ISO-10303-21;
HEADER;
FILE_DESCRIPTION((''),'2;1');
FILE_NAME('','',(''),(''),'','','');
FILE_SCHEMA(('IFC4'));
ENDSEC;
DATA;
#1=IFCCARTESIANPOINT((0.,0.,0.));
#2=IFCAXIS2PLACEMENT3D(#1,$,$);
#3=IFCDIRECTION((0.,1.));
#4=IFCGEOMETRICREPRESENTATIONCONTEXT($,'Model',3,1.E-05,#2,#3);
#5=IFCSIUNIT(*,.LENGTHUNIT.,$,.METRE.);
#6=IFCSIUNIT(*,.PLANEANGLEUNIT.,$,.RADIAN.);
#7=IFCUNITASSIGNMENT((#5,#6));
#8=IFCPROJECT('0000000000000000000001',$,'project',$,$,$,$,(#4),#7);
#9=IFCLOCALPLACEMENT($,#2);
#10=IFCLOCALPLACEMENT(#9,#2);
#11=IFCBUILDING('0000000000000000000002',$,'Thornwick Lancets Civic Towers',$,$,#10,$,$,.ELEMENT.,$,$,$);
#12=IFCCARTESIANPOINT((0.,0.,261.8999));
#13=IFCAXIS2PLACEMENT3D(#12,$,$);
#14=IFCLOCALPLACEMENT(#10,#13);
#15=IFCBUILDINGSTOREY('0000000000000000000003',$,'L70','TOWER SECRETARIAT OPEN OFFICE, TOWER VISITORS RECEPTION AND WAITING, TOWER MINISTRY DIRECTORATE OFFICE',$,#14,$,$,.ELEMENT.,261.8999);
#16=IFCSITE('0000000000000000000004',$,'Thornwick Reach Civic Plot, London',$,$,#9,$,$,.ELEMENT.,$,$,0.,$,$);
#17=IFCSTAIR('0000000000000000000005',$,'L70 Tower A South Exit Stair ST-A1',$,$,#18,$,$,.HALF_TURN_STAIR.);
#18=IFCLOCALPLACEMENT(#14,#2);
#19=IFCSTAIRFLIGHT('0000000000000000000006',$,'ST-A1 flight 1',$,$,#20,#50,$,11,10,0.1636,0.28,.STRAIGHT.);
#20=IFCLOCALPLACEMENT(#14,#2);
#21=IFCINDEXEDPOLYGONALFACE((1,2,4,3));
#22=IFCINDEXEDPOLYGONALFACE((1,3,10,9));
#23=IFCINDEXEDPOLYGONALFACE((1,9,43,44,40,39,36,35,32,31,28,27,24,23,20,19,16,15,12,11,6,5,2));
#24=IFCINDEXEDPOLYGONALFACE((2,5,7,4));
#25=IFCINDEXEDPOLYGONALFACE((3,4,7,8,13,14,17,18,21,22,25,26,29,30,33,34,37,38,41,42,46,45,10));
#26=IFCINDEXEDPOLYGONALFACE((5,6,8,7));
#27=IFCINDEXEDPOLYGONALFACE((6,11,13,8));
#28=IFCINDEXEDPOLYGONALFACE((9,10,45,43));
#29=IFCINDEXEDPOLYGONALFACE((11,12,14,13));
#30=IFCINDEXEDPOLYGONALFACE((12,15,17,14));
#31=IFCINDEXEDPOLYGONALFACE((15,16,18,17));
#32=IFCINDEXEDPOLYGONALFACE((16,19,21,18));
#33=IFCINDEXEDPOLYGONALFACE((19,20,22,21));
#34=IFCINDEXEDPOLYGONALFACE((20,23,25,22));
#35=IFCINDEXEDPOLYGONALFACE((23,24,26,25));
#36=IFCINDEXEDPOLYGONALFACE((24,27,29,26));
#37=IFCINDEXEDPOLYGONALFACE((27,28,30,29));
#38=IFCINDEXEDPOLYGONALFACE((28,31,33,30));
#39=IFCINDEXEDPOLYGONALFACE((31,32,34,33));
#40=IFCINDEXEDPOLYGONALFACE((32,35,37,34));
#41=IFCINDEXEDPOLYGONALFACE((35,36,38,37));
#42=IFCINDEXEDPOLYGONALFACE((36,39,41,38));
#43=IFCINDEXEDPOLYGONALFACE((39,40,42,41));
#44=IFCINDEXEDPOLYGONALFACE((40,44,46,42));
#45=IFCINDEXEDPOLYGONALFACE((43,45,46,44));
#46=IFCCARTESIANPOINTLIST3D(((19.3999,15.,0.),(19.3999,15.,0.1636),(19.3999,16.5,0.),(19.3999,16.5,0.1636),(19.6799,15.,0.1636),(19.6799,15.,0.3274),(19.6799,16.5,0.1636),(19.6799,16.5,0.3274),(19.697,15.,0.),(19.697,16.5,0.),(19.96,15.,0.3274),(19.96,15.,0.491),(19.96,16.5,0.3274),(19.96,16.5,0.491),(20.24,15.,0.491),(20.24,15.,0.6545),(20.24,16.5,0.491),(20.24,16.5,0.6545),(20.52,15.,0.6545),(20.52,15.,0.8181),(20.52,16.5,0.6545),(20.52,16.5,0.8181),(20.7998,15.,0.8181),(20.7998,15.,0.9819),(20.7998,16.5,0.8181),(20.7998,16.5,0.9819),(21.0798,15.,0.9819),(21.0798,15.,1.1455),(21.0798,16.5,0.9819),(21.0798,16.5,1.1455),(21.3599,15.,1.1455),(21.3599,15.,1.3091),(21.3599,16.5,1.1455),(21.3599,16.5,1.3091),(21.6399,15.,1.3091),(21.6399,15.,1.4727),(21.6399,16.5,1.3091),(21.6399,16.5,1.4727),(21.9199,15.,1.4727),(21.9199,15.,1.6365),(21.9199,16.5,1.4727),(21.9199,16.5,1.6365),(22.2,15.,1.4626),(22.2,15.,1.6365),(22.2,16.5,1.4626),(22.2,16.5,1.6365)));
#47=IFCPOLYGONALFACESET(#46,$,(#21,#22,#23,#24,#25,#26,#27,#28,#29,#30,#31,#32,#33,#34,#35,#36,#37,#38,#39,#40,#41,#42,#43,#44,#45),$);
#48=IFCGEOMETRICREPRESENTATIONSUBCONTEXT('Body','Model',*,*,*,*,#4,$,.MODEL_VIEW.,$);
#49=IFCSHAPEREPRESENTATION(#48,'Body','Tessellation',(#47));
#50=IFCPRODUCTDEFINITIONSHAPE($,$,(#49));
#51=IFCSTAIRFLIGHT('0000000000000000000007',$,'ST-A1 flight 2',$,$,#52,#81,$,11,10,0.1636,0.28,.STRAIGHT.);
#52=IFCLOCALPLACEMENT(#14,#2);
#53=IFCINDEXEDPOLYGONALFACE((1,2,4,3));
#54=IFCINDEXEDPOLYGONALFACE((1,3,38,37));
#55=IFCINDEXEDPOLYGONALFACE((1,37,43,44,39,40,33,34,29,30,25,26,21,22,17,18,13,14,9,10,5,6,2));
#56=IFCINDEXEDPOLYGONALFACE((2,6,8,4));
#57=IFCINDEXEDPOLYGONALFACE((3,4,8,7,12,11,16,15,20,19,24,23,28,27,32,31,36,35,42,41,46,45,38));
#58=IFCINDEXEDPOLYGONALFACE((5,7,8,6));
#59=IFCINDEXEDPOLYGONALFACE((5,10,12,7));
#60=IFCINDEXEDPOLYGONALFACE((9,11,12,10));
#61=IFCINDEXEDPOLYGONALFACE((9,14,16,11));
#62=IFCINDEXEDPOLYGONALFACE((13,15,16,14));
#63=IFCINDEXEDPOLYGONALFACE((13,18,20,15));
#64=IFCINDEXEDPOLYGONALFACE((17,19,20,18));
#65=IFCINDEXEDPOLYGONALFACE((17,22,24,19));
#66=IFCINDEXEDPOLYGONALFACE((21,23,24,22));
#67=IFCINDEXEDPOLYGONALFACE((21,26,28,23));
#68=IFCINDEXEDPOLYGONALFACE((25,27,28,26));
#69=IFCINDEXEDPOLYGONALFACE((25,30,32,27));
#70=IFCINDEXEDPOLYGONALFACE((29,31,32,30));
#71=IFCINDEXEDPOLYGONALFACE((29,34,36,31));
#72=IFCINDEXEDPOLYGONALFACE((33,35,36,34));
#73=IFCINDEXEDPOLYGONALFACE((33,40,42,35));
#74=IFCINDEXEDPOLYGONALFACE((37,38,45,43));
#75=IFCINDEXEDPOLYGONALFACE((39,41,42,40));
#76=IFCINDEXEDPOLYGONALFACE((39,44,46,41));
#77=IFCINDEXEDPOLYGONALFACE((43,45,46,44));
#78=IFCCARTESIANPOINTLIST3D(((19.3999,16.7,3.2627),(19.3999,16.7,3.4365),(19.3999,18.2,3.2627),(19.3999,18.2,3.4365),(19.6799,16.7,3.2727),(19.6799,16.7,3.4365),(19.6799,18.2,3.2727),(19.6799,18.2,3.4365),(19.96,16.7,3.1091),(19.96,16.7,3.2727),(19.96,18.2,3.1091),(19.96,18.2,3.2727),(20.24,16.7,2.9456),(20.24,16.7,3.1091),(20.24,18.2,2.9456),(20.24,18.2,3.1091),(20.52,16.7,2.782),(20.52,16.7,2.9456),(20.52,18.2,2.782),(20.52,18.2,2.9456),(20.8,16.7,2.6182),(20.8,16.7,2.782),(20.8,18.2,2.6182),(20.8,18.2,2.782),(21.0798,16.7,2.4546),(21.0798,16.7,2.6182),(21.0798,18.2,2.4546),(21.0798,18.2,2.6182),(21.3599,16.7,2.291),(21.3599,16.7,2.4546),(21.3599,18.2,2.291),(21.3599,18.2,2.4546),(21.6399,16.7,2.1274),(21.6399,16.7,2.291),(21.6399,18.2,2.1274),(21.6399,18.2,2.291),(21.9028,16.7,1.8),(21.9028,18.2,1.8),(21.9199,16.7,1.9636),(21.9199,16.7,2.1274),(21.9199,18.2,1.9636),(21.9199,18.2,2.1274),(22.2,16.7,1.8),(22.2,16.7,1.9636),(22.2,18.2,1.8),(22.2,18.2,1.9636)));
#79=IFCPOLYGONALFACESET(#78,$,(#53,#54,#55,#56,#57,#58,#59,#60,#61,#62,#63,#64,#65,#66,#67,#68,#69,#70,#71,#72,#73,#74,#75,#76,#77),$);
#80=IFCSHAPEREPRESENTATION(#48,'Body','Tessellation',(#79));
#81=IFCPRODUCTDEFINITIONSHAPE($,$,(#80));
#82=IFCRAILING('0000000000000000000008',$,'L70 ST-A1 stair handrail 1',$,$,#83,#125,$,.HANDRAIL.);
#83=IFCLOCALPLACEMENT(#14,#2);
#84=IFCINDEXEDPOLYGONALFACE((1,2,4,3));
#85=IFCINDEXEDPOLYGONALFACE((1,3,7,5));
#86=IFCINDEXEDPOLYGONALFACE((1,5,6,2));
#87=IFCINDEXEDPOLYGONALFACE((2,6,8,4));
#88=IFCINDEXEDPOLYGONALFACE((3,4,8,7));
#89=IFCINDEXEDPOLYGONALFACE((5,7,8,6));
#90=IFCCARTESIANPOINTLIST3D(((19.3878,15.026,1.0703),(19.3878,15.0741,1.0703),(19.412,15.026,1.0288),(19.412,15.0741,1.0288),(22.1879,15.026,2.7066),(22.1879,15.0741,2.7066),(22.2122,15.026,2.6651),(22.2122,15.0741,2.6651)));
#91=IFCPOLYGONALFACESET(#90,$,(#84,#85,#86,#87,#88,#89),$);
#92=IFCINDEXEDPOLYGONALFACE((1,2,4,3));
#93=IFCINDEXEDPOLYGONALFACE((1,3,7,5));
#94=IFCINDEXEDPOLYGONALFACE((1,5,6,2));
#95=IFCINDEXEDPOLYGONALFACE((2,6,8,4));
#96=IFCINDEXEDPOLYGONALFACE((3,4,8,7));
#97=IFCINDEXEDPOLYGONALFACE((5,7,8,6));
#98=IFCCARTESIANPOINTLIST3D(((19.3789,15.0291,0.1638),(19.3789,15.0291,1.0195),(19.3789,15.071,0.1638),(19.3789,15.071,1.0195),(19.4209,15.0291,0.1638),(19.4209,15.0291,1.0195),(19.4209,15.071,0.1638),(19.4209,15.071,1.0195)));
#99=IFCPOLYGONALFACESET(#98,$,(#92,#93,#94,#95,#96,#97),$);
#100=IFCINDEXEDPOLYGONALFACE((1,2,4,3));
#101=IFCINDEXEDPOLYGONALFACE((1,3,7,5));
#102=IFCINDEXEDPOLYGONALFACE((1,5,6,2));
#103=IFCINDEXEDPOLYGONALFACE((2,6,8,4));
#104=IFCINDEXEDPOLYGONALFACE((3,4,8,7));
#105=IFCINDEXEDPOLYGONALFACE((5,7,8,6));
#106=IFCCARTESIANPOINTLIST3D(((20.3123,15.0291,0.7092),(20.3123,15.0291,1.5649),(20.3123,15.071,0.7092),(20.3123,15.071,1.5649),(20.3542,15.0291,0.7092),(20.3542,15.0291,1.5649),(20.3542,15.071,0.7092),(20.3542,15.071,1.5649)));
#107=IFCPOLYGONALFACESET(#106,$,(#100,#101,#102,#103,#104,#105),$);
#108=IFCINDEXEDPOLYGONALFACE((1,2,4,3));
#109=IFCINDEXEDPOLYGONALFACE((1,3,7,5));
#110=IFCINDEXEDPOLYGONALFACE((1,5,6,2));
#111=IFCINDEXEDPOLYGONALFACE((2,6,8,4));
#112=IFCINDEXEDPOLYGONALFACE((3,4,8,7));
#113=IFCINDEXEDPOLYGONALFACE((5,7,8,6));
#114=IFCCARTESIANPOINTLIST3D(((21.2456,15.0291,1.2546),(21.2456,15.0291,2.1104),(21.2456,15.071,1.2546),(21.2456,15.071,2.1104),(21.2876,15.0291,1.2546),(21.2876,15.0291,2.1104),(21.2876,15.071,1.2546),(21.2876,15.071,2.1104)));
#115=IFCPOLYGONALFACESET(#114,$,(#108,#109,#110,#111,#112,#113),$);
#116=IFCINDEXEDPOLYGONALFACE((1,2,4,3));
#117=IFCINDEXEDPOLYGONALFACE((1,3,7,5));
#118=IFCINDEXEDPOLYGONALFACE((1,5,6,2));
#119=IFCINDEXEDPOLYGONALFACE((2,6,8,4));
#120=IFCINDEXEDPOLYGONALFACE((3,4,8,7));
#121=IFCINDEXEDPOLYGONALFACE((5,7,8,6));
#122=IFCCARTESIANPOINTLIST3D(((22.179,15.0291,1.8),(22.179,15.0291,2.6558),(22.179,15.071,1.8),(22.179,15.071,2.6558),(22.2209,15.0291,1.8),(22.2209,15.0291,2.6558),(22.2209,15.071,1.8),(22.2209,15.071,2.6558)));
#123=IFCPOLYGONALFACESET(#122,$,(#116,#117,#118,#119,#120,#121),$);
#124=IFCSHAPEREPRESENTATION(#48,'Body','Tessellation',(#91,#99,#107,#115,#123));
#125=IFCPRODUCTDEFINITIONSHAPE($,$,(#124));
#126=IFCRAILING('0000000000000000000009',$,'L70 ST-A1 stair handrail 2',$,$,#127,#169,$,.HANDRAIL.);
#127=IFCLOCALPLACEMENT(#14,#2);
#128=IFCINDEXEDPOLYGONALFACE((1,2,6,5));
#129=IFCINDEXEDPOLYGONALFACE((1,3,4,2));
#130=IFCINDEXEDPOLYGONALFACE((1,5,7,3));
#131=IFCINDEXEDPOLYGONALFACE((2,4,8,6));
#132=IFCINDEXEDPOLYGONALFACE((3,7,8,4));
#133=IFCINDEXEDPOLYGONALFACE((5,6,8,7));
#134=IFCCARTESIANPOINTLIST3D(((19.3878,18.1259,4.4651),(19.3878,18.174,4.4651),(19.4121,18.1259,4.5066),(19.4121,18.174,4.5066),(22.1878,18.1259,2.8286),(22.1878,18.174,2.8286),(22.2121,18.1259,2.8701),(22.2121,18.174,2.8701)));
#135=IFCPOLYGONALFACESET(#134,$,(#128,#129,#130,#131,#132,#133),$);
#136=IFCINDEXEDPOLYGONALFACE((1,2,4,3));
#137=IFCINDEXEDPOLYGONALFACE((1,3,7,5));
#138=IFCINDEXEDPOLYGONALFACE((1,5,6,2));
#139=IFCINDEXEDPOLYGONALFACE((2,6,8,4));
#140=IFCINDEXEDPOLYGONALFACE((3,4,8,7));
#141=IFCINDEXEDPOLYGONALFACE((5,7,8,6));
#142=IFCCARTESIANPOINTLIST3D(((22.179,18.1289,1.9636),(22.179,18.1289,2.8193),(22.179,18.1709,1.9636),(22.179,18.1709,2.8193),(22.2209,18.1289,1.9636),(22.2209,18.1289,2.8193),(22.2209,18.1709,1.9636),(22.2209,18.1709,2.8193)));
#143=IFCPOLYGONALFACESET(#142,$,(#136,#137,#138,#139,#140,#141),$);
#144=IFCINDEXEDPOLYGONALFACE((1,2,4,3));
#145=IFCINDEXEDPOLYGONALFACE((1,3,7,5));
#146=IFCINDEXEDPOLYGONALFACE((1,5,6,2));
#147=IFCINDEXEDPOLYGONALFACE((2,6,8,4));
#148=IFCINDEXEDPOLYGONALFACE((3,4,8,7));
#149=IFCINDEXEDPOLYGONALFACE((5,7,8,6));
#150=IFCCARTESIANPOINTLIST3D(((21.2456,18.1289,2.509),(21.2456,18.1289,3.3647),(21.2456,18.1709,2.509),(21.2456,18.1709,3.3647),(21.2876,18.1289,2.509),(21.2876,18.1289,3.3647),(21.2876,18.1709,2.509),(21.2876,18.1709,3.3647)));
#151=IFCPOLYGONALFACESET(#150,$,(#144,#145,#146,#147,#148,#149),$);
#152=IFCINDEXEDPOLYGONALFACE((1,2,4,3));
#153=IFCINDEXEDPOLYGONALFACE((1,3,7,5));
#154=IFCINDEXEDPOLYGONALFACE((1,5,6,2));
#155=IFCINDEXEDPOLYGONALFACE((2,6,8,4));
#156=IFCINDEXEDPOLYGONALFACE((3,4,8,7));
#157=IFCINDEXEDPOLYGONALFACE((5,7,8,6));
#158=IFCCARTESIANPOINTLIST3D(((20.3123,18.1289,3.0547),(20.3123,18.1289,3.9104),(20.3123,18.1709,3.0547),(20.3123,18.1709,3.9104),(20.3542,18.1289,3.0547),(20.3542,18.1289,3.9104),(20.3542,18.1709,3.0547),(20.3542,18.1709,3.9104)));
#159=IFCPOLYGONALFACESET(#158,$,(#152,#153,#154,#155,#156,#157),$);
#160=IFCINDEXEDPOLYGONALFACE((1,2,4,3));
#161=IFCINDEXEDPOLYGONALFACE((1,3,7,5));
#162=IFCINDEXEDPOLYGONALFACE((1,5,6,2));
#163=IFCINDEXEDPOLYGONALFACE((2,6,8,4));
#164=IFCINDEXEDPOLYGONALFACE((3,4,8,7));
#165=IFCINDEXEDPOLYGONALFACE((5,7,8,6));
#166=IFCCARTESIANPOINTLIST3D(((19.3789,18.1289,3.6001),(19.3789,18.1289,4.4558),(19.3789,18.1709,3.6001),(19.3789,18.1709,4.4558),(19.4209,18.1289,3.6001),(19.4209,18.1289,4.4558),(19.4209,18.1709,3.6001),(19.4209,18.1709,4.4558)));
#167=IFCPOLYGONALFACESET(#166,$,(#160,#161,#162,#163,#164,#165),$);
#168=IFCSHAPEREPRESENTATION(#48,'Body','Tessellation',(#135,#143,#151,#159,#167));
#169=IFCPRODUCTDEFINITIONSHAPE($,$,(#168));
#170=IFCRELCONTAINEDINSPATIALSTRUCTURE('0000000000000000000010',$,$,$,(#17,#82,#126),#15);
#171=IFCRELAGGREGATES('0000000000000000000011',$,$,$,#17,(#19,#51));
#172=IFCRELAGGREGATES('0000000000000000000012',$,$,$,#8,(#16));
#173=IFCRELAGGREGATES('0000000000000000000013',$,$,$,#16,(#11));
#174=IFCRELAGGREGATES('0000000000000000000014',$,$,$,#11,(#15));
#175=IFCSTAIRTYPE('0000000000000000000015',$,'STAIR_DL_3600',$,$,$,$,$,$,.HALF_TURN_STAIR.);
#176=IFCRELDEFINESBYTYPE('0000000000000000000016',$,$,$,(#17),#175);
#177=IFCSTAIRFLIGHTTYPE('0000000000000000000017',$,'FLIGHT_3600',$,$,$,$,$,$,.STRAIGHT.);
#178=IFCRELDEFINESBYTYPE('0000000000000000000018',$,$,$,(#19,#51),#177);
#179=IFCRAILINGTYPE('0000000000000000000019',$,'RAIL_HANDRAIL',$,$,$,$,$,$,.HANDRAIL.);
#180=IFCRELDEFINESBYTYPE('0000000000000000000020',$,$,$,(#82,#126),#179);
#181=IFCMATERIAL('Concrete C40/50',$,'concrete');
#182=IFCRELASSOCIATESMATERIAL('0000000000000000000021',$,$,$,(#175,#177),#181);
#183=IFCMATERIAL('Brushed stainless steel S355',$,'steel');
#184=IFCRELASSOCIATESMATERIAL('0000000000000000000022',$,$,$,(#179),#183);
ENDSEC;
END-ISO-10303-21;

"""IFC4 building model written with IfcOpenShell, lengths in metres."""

from ifc_helpers import new_model, si_unit, direction, frame, origin, origin_2d, place, context, subcontext, project, spatial, polyline, rectangle, outline, extrude, material, type_object, element, aggregate, save


model = new_model("IFC4")

# Units and contexts
model_context = context("Model", 3, precision=1e-05, world=origin(), true_north=direction((0.0, 1.0)))
body_context = subcontext(model_context, "Body", "Model", "MODEL_VIEW")
ifc_project = project(units=[si_unit("LENGTHUNIT", "METRE"), si_unit("PLANEANGLEUNIT", "RADIAN")], contexts=[model_context])

# Site, building, storey
site_placement = place(None, origin())
site = spatial("IfcSite", under=ifc_project, at=site_placement, Name="Thornwick Reach Civic Plot, London", CompositionType="ELEMENT", RefElevation=0.0)
building_placement = place(site_placement, origin())
building = spatial("IfcBuilding", under=site, at=building_placement, Name="Thornwick Lancets Civic Towers", CompositionType="ELEMENT")
storey_placement = place(building_placement, frame((0.0, 0.0, 261.8999)))
storey = spatial("IfcBuildingStorey", under=building, at=storey_placement, Name="L70", Description="TOWER SECRETARIAT OPEN OFFICE, TOWER VISITORS RECEPTION AND WAITING, TOWER MINISTRY DIRECTORATE OFFICE", CompositionType="ELEMENT", Elevation=261.8999)

# Shared definitions
ifc_material_1 = material(Name="Concrete C40/50", Category="concrete")

# Stair, stair flights
stair_type = type_object("IfcStairType", Name="STAIR_DL_3600", PredefinedType="HALF_TURN_STAIR", material=ifc_material_1)
stair_placement = place(storey_placement, origin())
stair = element("IfcStair", 1, at=stair_placement, inside=storey, type_object=stair_type, Name="L70 Tower A South Exit Stair ST-A1", PredefinedType="HALF_TURN_STAIR")
stair_flight_type = type_object("IfcStairFlightType", Name="FLIGHT_3600", PredefinedType="STRAIGHT", material=ifc_material_1)
stair_flight_1_placement = place(storey_placement, frame((19.3999, 15.75, 0.0), z_axis=(0.0, 0.0, 1.0), x_axis=(1.0, 0.0, 0.0)))
stair_flight_1 = element("IfcStairFlight", 2, at=stair_flight_1_placement, type_object=stair_flight_type, Name="ST-A1 flight 1", NumberOfRisers=11, NumberOfTreads=10, PredefinedType="STRAIGHT", RiserHeight=0.1636, TreadLength=0.28, context=body_context, shape_type="SweptSolid", body=[
    extrude(outline(polyline([(0.0, 0.0), (0.0, 0.1636), (0.28, 0.1636), (0.28, 0.3274), (0.5601, 0.3274), (0.5601, 0.491), (0.8401, 0.491), (0.8401, 0.6545), (1.1201, 0.6545), (1.1201, 0.8181), (1.3999, 0.8181), (1.3999, 0.9819), (1.6799, 0.9819), (1.6799, 1.1455), (1.96, 1.1455), (1.96, 1.3091), (2.24, 1.3091), (2.24, 1.4727), (2.52, 1.4727), (2.52, 1.6365), (2.8, 1.6365), (2.8, 1.8), (2.8, 1.4626), (0.2971, 0.0), (0.0, 0.0)])), frame((0.0, 0.75, 0.0), z_axis=(0.0, -1.0, 0.0), x_axis=(1.0, 0.0, 0.0)), (0.0, 0.0, 1.0), 1.5),
])
stair_flight_2_placement = place(storey_placement, frame((22.2, 17.45, 1.8), z_axis=(0.0, 0.0, 1.0), x_axis=(-1.0, 0.0, 0.0)))
stair_flight_2 = element("IfcStairFlight", 3, at=stair_flight_2_placement, type_object=stair_flight_type, Name="ST-A1 flight 2", NumberOfRisers=11, NumberOfTreads=10, PredefinedType="STRAIGHT", RiserHeight=0.1636, TreadLength=0.28, context=body_context, shape_type="SweptSolid", body=[
    extrude(outline(polyline([(0.0, 0.0), (0.0, 0.1636), (0.28, 0.1636), (0.28, 0.3274), (0.5601, 0.3274), (0.5601, 0.491), (0.8401, 0.491), (0.8401, 0.6545), (1.1201, 0.6545), (1.1201, 0.8181), (1.3999, 0.8181), (1.3999, 0.9819), (1.6799, 0.9819), (1.6799, 1.1455), (1.96, 1.1455), (1.96, 1.3091), (2.24, 1.3091), (2.24, 1.4727), (2.52, 1.4727), (2.52, 1.6365), (2.8, 1.6365), (2.8, 1.8), (2.8, 1.4626), (0.2971, 0.0), (0.0, 0.0)])), frame((0.0, 0.75, 0.0), z_axis=(0.0, -1.0, 0.0), x_axis=(1.0, 0.0, 0.0)), (0.0, 0.0, 1.0), 1.5),
])
aggregate(stair, [stair_flight_1, stair_flight_2])

# Railings
ifc_material_2 = material(Name="Brushed stainless steel S355", Category="steel")
railing_type_1 = type_object("IfcRailingType", Name="RAIL_HANDRAIL", PredefinedType="HANDRAIL", material=ifc_material_2)
railing_1_placement = place(storey_placement, frame((19.3999, 15.05, 0.1638)))
element("IfcRailing", 4, at=railing_1_placement, inside=storey, type_object=railing_type_1, Name="L70 ST-A1 stair handrail 1", PredefinedType="HANDRAIL", context=body_context, shape_type="SweptSolid", body=[
    extrude(rectangle(XDim=0.0481, YDim=0.0481, at=origin_2d()), frame((0.0, 0.0, 0.8857), z_axis=(0.863394, 0.0, 0.504531), x_axis=(0.0, 1.0, 0.0)), (0.0, 0.0, 1.0), 3.2432),
    extrude(rectangle(XDim=0.042, YDim=0.042, at=origin_2d()), origin(), (0.0, 0.0, 1.0), 0.8557),
    extrude(rectangle(XDim=0.042, YDim=0.042, at=origin_2d()), frame((0.9333, 0.0, 0.5454)), (0.0, 0.0, 1.0), 0.8557),
    extrude(rectangle(XDim=0.042, YDim=0.042, at=origin_2d()), frame((1.8667, 0.0, 1.0908)), (0.0, 0.0, 1.0), 0.8557),
    extrude(rectangle(XDim=0.042, YDim=0.042, at=origin_2d()), frame((2.8, 0.0, 1.6362)), (0.0, 0.0, 1.0), 0.8557),
])
railing_2_placement = place(storey_placement, frame((22.2, 18.1499, 1.9636)))
element("IfcRailing", 5, at=railing_2_placement, inside=storey, type_object=railing_type_1, Name="L70 ST-A1 stair handrail 2", PredefinedType="HANDRAIL", context=body_context, shape_type="SweptSolid", body=[
    extrude(rectangle(XDim=0.0481, YDim=0.0481, at=origin_2d()), frame((0.0, 0.0, 0.8857), z_axis=(-0.863361, 0.0, 0.504587), x_axis=(0.0, -1.0, 0.0)), (0.0, 0.0, 1.0), 3.2432),
    extrude(rectangle(XDim=0.042, YDim=0.042, at=origin_2d()), origin(), (0.0, 0.0, 1.0), 0.8557),
    extrude(rectangle(XDim=0.042, YDim=0.042, at=origin_2d()), frame((-0.9333, 0.0, 0.5454)), (0.0, 0.0, 1.0), 0.8557),
    extrude(rectangle(XDim=0.042, YDim=0.042, at=origin_2d()), frame((-1.8667, 0.0, 1.0911)), (0.0, 0.0, 1.0), 0.8557),
    extrude(rectangle(XDim=0.042, YDim=0.042, at=origin_2d()), frame((-2.8, 0.0, 1.6365)), (0.0, 0.0, 1.0), 0.8557),
])

save(model, "model.ifc")
